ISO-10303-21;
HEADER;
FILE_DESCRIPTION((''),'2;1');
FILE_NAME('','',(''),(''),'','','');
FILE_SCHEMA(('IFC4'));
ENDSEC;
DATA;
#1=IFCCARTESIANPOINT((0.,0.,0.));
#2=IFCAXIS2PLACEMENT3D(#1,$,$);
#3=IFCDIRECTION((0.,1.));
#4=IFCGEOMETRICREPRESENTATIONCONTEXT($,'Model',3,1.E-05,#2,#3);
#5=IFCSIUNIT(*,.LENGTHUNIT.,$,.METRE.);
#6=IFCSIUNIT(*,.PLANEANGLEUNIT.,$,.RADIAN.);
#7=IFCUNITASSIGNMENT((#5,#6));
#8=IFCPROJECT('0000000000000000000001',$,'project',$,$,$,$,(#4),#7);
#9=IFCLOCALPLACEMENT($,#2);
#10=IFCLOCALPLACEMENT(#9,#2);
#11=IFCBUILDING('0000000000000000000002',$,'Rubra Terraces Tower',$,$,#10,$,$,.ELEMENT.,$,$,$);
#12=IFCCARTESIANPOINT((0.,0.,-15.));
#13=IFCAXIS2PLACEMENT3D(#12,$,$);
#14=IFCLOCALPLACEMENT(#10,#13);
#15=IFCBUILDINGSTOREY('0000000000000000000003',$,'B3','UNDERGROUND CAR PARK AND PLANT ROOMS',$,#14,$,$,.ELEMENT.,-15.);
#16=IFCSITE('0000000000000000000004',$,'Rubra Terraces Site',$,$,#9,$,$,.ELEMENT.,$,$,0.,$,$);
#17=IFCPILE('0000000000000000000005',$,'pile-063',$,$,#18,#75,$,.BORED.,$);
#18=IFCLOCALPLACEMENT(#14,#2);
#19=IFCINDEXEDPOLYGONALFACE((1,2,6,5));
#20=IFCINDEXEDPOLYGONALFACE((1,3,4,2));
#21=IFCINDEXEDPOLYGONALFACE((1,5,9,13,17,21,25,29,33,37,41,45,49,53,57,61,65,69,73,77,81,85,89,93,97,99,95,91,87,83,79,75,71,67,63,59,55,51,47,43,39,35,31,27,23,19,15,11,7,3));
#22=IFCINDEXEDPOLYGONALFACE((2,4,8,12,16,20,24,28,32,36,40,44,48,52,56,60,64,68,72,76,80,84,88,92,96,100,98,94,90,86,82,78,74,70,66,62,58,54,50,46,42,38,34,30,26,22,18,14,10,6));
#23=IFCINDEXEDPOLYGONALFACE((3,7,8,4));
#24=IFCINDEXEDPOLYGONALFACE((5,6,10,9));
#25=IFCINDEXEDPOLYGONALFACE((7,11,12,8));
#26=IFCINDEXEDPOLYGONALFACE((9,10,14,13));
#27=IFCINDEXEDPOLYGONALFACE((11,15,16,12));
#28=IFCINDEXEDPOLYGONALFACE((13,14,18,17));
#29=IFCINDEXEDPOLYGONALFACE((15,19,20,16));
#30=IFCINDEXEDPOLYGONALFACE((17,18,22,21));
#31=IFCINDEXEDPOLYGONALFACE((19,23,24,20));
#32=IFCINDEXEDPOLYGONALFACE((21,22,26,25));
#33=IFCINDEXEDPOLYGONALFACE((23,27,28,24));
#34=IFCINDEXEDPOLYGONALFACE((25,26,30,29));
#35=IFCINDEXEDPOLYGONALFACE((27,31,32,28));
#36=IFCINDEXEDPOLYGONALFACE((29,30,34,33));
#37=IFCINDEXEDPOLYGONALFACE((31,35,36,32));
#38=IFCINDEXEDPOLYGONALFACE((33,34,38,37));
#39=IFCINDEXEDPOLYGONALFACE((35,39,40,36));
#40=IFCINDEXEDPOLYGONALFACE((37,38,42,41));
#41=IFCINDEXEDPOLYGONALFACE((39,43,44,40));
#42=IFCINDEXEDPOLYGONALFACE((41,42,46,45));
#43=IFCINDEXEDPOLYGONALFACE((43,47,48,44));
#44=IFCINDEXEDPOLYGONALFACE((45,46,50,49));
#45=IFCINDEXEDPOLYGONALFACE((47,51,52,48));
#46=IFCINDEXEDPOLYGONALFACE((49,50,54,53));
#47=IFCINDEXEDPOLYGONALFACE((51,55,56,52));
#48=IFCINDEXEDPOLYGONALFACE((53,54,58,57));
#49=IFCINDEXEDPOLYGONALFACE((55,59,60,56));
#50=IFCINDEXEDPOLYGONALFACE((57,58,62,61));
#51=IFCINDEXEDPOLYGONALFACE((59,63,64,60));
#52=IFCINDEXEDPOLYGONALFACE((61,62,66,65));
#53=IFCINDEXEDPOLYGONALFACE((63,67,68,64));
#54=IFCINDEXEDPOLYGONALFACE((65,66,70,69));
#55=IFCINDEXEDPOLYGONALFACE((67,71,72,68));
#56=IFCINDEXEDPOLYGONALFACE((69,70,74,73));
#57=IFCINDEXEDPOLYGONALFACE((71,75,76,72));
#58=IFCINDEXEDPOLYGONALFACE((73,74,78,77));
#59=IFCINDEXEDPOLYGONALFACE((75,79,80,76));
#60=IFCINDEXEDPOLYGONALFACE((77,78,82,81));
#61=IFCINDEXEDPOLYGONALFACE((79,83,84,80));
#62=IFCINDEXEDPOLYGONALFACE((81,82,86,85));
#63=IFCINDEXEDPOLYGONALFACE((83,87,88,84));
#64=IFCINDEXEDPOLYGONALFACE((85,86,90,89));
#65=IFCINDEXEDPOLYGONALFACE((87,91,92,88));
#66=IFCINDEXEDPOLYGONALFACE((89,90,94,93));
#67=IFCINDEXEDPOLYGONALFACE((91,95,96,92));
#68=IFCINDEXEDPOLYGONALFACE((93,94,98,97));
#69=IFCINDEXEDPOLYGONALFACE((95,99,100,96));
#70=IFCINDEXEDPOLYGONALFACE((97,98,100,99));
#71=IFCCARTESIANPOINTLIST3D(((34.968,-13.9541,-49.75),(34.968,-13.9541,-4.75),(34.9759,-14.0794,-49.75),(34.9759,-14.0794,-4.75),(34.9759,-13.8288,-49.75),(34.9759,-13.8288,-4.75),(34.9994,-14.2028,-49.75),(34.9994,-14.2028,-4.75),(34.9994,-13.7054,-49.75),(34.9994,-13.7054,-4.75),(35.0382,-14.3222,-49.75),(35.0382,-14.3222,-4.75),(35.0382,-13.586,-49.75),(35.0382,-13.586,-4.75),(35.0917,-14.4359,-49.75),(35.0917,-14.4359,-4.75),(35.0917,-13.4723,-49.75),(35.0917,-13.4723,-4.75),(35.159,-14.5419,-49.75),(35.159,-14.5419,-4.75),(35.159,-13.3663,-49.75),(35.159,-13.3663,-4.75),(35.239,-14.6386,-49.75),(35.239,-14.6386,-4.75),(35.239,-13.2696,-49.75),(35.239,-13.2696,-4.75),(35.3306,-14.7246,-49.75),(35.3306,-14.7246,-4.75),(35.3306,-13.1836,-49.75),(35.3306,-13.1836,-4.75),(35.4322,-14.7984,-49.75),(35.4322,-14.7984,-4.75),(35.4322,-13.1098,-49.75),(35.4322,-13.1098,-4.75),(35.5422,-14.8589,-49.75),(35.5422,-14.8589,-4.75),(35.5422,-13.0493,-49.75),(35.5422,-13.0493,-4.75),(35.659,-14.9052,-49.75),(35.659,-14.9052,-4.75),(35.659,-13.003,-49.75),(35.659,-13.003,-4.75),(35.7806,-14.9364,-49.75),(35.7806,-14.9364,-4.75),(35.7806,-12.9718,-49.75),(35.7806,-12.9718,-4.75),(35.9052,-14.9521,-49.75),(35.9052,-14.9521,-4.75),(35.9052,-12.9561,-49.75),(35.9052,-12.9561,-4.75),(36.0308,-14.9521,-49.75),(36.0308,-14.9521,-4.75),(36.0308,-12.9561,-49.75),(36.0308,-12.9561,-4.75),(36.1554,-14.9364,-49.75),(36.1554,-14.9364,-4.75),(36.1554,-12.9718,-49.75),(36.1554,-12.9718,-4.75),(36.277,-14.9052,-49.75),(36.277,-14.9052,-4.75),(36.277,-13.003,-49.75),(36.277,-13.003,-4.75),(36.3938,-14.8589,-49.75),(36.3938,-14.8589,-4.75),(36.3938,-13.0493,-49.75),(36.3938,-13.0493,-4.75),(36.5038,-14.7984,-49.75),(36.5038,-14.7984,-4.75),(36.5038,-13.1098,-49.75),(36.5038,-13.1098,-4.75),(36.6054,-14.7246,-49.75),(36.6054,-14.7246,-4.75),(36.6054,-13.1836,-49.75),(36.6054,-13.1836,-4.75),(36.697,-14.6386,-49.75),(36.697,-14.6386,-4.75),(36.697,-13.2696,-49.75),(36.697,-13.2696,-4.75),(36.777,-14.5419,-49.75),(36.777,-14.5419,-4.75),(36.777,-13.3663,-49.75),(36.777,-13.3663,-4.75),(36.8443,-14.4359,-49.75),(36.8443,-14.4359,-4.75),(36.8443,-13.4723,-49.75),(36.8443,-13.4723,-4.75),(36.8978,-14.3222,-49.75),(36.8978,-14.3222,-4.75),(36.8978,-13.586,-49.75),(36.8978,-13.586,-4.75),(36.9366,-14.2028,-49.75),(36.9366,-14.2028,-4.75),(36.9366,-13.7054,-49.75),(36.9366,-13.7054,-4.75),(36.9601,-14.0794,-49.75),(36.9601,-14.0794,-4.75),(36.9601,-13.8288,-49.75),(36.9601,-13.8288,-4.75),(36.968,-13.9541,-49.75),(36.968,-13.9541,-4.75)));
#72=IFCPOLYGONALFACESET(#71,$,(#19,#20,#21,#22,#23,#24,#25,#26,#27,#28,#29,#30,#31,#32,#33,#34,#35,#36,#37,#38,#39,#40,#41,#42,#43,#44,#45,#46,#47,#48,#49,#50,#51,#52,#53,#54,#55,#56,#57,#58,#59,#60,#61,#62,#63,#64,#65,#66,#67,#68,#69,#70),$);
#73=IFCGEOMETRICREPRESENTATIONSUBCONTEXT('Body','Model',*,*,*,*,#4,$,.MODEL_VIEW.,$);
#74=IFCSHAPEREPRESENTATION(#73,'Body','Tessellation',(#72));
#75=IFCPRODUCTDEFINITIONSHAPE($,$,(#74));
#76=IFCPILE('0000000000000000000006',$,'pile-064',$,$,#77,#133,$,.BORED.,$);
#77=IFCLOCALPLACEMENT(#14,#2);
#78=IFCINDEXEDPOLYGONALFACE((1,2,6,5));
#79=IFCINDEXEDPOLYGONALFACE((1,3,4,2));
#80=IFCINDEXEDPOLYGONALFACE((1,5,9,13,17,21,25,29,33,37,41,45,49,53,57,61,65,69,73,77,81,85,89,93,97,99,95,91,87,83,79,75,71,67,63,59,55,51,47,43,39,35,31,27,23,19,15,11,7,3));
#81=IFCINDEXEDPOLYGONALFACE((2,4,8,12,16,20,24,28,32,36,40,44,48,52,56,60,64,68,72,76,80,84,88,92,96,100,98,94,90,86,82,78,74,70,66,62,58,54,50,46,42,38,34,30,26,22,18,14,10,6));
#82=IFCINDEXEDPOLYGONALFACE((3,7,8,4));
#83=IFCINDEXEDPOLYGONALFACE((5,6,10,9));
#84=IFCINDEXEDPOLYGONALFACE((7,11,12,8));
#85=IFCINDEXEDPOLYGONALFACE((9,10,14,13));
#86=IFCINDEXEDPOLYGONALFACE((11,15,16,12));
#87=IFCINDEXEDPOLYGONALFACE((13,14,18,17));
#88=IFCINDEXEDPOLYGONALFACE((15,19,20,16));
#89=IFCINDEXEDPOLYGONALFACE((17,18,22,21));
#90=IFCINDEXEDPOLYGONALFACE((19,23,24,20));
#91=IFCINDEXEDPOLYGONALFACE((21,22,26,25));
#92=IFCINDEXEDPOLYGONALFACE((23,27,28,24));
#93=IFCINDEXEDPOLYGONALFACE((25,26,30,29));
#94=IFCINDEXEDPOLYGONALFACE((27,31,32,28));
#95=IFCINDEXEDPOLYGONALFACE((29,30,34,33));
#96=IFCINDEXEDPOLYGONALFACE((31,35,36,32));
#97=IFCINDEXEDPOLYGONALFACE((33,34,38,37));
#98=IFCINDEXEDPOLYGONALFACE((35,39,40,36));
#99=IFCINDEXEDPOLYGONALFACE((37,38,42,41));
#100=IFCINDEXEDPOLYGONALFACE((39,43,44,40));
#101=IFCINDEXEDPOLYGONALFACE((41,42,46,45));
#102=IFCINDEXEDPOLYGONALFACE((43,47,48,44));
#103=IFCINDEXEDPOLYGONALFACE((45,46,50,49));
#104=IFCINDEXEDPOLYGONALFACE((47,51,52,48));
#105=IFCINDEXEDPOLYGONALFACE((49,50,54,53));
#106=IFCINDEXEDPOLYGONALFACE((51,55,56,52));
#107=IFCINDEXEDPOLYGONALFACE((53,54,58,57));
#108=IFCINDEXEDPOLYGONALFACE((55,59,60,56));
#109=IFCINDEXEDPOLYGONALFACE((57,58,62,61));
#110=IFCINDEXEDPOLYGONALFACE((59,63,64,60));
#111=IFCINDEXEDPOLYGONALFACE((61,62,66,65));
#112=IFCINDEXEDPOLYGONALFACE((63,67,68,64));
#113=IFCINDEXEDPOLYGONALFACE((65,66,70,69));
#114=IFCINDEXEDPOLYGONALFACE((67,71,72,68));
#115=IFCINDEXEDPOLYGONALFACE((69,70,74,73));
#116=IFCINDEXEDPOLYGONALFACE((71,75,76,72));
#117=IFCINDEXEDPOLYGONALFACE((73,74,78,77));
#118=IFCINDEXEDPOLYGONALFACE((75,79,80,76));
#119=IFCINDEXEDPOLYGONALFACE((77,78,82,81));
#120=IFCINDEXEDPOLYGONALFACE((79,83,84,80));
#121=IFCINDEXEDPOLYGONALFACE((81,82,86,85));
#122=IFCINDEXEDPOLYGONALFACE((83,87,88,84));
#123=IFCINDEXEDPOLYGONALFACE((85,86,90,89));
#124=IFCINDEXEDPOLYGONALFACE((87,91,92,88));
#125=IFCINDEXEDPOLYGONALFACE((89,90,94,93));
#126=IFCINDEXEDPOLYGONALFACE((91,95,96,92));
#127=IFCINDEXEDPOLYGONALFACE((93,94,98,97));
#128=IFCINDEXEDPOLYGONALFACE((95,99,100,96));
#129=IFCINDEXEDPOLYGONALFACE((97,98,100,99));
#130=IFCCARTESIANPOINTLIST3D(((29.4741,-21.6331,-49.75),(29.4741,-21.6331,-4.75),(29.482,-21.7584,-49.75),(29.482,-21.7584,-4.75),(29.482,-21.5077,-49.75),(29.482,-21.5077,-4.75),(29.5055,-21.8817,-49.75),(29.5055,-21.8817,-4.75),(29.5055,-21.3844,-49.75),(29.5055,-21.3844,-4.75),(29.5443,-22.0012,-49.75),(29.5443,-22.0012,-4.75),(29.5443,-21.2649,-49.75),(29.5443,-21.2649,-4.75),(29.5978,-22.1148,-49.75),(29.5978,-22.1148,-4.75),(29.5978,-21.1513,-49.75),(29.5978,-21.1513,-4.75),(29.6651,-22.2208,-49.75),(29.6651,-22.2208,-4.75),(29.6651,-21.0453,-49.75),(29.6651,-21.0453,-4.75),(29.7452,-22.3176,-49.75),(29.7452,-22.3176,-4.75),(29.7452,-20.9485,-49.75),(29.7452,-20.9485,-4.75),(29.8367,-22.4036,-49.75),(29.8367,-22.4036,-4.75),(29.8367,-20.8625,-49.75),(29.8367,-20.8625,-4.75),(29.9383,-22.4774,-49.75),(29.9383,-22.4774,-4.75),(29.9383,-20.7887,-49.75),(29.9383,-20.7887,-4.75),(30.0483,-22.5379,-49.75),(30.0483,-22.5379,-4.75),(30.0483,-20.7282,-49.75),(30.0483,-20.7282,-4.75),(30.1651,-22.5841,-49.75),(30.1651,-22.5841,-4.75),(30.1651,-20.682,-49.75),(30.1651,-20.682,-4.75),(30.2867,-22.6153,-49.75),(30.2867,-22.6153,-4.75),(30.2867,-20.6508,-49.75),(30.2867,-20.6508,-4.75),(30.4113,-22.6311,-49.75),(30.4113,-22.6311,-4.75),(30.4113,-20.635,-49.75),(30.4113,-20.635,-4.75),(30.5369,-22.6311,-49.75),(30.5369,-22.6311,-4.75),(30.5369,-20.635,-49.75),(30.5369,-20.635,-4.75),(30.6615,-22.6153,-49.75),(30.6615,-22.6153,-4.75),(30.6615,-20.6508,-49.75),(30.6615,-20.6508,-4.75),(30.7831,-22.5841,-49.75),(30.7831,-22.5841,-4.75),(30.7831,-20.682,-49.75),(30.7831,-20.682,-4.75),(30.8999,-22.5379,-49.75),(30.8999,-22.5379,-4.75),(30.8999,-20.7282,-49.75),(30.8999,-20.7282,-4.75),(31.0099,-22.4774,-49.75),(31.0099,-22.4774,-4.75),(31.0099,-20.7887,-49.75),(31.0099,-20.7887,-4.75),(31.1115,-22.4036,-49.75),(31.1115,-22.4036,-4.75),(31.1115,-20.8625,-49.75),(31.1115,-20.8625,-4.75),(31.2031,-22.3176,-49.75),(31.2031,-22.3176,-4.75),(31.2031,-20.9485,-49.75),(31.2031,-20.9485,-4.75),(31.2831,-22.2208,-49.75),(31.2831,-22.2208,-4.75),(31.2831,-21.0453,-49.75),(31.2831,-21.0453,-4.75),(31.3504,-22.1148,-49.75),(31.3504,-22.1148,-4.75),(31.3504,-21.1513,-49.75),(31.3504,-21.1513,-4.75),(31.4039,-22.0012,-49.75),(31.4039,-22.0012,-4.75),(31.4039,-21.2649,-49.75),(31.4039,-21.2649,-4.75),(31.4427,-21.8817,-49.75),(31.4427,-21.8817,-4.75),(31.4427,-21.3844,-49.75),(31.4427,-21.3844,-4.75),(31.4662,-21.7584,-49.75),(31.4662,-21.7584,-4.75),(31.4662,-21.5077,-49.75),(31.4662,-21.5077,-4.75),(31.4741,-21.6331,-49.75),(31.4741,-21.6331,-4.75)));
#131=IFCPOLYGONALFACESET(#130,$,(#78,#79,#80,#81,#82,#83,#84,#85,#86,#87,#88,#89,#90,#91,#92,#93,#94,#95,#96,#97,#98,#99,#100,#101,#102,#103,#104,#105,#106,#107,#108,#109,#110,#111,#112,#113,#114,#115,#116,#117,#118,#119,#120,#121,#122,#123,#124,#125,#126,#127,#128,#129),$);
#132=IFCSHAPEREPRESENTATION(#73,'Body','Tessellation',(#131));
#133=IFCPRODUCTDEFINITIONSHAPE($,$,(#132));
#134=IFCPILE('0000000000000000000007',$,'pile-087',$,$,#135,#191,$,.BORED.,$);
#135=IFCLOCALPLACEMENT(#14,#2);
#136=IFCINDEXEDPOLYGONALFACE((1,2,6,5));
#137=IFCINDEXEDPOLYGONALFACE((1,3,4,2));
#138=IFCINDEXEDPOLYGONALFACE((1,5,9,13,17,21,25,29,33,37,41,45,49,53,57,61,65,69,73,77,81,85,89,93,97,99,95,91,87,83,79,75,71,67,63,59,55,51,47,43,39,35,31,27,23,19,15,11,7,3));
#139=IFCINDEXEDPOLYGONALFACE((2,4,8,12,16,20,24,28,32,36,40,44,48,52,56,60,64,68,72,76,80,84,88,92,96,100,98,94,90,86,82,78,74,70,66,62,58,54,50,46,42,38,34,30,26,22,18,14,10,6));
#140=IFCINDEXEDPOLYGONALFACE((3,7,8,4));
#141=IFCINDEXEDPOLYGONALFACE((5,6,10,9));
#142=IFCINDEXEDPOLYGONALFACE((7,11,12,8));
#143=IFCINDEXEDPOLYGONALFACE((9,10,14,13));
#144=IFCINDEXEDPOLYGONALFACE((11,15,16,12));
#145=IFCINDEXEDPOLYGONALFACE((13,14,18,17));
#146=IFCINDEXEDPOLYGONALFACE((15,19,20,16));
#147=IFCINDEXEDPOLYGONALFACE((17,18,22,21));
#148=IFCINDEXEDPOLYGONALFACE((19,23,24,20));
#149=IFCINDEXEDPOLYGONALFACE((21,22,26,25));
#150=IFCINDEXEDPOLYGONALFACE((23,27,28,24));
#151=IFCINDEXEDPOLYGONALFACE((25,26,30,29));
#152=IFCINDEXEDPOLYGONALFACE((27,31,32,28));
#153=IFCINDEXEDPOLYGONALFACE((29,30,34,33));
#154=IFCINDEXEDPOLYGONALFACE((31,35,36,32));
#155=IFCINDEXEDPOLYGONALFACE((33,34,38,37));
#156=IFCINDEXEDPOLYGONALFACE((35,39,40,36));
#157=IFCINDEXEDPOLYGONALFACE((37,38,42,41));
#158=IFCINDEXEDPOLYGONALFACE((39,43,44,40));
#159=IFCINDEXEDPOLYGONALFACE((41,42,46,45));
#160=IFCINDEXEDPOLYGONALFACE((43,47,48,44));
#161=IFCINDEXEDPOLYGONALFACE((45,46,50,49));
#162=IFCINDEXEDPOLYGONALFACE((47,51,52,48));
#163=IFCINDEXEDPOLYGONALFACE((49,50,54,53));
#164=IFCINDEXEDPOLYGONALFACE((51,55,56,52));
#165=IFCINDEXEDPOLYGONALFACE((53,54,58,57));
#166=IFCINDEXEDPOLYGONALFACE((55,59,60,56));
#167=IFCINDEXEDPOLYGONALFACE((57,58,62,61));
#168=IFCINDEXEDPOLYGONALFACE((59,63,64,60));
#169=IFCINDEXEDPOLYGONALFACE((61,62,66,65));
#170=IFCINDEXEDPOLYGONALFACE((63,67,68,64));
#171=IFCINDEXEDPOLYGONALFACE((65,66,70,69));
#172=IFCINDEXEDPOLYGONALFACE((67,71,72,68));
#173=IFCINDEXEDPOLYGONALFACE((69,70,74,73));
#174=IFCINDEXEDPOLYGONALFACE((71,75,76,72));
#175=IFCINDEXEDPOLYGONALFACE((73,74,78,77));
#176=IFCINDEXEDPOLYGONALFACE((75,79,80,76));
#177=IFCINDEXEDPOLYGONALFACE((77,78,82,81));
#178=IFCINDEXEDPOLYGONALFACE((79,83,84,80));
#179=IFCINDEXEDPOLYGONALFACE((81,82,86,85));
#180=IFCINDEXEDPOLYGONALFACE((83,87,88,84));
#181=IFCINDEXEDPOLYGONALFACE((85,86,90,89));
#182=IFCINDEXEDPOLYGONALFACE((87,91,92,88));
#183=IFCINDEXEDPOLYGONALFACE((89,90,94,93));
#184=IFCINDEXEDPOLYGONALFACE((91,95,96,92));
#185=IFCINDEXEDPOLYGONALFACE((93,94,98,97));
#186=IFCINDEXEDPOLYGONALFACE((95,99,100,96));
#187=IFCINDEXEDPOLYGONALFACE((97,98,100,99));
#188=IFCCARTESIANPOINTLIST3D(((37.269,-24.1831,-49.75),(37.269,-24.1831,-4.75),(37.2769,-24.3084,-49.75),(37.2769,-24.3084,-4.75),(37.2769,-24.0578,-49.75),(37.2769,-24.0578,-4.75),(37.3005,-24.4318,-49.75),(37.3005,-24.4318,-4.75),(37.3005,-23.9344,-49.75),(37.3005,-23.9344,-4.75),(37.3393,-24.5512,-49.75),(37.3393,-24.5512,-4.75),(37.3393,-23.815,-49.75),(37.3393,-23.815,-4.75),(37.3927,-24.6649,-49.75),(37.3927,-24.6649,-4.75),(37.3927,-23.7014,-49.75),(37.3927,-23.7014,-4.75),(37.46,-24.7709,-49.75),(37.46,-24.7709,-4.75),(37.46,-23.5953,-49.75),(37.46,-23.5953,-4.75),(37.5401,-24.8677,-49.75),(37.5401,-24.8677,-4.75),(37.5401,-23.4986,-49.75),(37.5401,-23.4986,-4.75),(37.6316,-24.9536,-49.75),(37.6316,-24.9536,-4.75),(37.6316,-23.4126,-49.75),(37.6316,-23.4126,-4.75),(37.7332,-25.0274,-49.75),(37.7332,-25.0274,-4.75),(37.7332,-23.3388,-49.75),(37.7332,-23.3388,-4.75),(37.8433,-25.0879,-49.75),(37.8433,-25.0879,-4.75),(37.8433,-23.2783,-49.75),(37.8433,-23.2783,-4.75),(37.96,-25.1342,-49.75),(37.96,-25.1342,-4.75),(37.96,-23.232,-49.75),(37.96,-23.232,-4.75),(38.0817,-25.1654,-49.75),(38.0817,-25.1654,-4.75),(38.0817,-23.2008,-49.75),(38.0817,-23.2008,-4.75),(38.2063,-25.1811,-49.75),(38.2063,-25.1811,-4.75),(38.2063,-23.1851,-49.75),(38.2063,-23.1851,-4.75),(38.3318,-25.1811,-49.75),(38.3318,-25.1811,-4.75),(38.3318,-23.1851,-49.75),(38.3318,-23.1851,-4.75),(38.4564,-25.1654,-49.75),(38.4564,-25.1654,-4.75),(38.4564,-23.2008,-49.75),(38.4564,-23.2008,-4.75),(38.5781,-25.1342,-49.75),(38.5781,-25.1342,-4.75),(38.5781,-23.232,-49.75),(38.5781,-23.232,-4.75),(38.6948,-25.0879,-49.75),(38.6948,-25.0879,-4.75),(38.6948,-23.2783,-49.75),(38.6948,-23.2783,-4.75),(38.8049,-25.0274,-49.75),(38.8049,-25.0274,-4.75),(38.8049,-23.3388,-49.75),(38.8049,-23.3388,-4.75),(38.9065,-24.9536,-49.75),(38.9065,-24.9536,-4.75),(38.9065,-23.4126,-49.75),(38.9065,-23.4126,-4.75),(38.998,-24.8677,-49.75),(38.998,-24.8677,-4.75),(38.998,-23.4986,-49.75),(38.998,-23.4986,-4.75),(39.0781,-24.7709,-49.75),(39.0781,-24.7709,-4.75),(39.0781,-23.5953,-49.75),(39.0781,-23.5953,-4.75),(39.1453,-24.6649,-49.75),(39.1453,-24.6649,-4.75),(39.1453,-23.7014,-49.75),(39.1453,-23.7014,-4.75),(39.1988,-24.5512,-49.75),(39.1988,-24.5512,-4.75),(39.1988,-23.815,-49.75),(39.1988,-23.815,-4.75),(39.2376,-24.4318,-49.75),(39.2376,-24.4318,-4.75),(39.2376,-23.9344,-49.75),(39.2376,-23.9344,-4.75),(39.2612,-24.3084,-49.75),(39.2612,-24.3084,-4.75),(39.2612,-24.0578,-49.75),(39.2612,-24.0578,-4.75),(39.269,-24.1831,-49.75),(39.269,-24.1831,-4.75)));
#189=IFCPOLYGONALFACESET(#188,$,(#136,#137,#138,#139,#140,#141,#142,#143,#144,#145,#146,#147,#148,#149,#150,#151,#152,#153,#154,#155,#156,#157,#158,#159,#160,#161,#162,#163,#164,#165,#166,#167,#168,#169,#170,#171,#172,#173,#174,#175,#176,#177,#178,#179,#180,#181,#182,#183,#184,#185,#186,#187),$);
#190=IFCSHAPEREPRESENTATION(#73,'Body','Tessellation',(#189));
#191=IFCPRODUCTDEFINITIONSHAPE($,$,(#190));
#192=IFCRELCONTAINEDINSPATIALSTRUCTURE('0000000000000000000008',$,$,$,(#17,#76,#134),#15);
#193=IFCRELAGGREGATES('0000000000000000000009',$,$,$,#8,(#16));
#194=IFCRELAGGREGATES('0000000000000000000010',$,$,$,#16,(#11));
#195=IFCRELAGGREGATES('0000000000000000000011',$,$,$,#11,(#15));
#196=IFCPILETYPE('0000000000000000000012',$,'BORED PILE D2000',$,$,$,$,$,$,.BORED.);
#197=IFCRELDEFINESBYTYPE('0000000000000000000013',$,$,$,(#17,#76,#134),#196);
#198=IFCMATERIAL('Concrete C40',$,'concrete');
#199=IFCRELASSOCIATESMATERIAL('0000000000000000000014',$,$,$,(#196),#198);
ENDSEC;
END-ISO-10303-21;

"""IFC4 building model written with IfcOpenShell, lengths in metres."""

from ifc_helpers import new_model, si_unit, direction, frame, origin, origin_2d, place, context, subcontext, project, spatial, circle, extrude, material, material_profile, profile_set, type_object, element, save


model = new_model("IFC4")

# Units and contexts
model_context = context("Model", 3, precision=1e-05, world=origin(), true_north=direction((0.0, 1.0)))
body_context = subcontext(model_context, "Body", "Model", "MODEL_VIEW")
ifc_project = project(units=[si_unit("LENGTHUNIT", "METRE"), si_unit("PLANEANGLEUNIT", "RADIAN")], contexts=[model_context])

# Site, building, storey
site_placement = place(None, origin())
site = spatial("IfcSite", under=ifc_project, at=site_placement, Name="Rubra Terraces Site", CompositionType="ELEMENT", RefElevation=0.0)
building_placement = place(site_placement, origin())
building = spatial("IfcBuilding", under=site, at=building_placement, Name="Rubra Terraces Tower", CompositionType="ELEMENT")
storey_placement = place(building_placement, frame((0.0, 0.0, -15.0)))
storey = spatial("IfcBuildingStorey", under=building, at=storey_placement, Name="B3", Description="UNDERGROUND CAR PARK AND PLANT ROOMS", CompositionType="ELEMENT", Elevation=-15.0)

# Piles
ifc_material_1 = material(Name="Concrete C40", Category="concrete")
ifc_material_profile_1 = material_profile(ifc_material_1, circle(Radius=1.0, at=origin_2d()), Name="BORED PILE D2000")
ifc_profile_set_1 = profile_set([ifc_material_profile_1], Name="Concrete C40")
pile_type = type_object("IfcPileType", Name="BORED PILE D2000", PredefinedType="BORED", material=ifc_profile_set_1)
for number, where, z_axis, x_axis, name in (
    (1, (35.968, -13.9541, -4.75), (0.0, 0.0, -1.0), (1.0, 0.0, 0.0), "pile-063"),
    (2, (30.4741, -21.6331, -4.75), (0.0, 0.0, -1.0), (1.0, 0.0, 0.0), "pile-064"),
    (3, (38.269, -24.1831, -4.75), (0.0, 0.0, -1.0), (1.0, 0.0, 0.0), "pile-087"),
):
    element("IfcPile", number, at=place(storey_placement, frame(where, z_axis=z_axis, x_axis=x_axis)), inside=storey, type_object=pile_type, Name=name, PredefinedType="BORED", context=body_context, shape_type="SweptSolid", body=[
        extrude(circle(Radius=1.0, at=origin_2d()), origin(), (0.0, 0.0, 1.0), 45.0),
    ])

save(model, "model.ifc")
